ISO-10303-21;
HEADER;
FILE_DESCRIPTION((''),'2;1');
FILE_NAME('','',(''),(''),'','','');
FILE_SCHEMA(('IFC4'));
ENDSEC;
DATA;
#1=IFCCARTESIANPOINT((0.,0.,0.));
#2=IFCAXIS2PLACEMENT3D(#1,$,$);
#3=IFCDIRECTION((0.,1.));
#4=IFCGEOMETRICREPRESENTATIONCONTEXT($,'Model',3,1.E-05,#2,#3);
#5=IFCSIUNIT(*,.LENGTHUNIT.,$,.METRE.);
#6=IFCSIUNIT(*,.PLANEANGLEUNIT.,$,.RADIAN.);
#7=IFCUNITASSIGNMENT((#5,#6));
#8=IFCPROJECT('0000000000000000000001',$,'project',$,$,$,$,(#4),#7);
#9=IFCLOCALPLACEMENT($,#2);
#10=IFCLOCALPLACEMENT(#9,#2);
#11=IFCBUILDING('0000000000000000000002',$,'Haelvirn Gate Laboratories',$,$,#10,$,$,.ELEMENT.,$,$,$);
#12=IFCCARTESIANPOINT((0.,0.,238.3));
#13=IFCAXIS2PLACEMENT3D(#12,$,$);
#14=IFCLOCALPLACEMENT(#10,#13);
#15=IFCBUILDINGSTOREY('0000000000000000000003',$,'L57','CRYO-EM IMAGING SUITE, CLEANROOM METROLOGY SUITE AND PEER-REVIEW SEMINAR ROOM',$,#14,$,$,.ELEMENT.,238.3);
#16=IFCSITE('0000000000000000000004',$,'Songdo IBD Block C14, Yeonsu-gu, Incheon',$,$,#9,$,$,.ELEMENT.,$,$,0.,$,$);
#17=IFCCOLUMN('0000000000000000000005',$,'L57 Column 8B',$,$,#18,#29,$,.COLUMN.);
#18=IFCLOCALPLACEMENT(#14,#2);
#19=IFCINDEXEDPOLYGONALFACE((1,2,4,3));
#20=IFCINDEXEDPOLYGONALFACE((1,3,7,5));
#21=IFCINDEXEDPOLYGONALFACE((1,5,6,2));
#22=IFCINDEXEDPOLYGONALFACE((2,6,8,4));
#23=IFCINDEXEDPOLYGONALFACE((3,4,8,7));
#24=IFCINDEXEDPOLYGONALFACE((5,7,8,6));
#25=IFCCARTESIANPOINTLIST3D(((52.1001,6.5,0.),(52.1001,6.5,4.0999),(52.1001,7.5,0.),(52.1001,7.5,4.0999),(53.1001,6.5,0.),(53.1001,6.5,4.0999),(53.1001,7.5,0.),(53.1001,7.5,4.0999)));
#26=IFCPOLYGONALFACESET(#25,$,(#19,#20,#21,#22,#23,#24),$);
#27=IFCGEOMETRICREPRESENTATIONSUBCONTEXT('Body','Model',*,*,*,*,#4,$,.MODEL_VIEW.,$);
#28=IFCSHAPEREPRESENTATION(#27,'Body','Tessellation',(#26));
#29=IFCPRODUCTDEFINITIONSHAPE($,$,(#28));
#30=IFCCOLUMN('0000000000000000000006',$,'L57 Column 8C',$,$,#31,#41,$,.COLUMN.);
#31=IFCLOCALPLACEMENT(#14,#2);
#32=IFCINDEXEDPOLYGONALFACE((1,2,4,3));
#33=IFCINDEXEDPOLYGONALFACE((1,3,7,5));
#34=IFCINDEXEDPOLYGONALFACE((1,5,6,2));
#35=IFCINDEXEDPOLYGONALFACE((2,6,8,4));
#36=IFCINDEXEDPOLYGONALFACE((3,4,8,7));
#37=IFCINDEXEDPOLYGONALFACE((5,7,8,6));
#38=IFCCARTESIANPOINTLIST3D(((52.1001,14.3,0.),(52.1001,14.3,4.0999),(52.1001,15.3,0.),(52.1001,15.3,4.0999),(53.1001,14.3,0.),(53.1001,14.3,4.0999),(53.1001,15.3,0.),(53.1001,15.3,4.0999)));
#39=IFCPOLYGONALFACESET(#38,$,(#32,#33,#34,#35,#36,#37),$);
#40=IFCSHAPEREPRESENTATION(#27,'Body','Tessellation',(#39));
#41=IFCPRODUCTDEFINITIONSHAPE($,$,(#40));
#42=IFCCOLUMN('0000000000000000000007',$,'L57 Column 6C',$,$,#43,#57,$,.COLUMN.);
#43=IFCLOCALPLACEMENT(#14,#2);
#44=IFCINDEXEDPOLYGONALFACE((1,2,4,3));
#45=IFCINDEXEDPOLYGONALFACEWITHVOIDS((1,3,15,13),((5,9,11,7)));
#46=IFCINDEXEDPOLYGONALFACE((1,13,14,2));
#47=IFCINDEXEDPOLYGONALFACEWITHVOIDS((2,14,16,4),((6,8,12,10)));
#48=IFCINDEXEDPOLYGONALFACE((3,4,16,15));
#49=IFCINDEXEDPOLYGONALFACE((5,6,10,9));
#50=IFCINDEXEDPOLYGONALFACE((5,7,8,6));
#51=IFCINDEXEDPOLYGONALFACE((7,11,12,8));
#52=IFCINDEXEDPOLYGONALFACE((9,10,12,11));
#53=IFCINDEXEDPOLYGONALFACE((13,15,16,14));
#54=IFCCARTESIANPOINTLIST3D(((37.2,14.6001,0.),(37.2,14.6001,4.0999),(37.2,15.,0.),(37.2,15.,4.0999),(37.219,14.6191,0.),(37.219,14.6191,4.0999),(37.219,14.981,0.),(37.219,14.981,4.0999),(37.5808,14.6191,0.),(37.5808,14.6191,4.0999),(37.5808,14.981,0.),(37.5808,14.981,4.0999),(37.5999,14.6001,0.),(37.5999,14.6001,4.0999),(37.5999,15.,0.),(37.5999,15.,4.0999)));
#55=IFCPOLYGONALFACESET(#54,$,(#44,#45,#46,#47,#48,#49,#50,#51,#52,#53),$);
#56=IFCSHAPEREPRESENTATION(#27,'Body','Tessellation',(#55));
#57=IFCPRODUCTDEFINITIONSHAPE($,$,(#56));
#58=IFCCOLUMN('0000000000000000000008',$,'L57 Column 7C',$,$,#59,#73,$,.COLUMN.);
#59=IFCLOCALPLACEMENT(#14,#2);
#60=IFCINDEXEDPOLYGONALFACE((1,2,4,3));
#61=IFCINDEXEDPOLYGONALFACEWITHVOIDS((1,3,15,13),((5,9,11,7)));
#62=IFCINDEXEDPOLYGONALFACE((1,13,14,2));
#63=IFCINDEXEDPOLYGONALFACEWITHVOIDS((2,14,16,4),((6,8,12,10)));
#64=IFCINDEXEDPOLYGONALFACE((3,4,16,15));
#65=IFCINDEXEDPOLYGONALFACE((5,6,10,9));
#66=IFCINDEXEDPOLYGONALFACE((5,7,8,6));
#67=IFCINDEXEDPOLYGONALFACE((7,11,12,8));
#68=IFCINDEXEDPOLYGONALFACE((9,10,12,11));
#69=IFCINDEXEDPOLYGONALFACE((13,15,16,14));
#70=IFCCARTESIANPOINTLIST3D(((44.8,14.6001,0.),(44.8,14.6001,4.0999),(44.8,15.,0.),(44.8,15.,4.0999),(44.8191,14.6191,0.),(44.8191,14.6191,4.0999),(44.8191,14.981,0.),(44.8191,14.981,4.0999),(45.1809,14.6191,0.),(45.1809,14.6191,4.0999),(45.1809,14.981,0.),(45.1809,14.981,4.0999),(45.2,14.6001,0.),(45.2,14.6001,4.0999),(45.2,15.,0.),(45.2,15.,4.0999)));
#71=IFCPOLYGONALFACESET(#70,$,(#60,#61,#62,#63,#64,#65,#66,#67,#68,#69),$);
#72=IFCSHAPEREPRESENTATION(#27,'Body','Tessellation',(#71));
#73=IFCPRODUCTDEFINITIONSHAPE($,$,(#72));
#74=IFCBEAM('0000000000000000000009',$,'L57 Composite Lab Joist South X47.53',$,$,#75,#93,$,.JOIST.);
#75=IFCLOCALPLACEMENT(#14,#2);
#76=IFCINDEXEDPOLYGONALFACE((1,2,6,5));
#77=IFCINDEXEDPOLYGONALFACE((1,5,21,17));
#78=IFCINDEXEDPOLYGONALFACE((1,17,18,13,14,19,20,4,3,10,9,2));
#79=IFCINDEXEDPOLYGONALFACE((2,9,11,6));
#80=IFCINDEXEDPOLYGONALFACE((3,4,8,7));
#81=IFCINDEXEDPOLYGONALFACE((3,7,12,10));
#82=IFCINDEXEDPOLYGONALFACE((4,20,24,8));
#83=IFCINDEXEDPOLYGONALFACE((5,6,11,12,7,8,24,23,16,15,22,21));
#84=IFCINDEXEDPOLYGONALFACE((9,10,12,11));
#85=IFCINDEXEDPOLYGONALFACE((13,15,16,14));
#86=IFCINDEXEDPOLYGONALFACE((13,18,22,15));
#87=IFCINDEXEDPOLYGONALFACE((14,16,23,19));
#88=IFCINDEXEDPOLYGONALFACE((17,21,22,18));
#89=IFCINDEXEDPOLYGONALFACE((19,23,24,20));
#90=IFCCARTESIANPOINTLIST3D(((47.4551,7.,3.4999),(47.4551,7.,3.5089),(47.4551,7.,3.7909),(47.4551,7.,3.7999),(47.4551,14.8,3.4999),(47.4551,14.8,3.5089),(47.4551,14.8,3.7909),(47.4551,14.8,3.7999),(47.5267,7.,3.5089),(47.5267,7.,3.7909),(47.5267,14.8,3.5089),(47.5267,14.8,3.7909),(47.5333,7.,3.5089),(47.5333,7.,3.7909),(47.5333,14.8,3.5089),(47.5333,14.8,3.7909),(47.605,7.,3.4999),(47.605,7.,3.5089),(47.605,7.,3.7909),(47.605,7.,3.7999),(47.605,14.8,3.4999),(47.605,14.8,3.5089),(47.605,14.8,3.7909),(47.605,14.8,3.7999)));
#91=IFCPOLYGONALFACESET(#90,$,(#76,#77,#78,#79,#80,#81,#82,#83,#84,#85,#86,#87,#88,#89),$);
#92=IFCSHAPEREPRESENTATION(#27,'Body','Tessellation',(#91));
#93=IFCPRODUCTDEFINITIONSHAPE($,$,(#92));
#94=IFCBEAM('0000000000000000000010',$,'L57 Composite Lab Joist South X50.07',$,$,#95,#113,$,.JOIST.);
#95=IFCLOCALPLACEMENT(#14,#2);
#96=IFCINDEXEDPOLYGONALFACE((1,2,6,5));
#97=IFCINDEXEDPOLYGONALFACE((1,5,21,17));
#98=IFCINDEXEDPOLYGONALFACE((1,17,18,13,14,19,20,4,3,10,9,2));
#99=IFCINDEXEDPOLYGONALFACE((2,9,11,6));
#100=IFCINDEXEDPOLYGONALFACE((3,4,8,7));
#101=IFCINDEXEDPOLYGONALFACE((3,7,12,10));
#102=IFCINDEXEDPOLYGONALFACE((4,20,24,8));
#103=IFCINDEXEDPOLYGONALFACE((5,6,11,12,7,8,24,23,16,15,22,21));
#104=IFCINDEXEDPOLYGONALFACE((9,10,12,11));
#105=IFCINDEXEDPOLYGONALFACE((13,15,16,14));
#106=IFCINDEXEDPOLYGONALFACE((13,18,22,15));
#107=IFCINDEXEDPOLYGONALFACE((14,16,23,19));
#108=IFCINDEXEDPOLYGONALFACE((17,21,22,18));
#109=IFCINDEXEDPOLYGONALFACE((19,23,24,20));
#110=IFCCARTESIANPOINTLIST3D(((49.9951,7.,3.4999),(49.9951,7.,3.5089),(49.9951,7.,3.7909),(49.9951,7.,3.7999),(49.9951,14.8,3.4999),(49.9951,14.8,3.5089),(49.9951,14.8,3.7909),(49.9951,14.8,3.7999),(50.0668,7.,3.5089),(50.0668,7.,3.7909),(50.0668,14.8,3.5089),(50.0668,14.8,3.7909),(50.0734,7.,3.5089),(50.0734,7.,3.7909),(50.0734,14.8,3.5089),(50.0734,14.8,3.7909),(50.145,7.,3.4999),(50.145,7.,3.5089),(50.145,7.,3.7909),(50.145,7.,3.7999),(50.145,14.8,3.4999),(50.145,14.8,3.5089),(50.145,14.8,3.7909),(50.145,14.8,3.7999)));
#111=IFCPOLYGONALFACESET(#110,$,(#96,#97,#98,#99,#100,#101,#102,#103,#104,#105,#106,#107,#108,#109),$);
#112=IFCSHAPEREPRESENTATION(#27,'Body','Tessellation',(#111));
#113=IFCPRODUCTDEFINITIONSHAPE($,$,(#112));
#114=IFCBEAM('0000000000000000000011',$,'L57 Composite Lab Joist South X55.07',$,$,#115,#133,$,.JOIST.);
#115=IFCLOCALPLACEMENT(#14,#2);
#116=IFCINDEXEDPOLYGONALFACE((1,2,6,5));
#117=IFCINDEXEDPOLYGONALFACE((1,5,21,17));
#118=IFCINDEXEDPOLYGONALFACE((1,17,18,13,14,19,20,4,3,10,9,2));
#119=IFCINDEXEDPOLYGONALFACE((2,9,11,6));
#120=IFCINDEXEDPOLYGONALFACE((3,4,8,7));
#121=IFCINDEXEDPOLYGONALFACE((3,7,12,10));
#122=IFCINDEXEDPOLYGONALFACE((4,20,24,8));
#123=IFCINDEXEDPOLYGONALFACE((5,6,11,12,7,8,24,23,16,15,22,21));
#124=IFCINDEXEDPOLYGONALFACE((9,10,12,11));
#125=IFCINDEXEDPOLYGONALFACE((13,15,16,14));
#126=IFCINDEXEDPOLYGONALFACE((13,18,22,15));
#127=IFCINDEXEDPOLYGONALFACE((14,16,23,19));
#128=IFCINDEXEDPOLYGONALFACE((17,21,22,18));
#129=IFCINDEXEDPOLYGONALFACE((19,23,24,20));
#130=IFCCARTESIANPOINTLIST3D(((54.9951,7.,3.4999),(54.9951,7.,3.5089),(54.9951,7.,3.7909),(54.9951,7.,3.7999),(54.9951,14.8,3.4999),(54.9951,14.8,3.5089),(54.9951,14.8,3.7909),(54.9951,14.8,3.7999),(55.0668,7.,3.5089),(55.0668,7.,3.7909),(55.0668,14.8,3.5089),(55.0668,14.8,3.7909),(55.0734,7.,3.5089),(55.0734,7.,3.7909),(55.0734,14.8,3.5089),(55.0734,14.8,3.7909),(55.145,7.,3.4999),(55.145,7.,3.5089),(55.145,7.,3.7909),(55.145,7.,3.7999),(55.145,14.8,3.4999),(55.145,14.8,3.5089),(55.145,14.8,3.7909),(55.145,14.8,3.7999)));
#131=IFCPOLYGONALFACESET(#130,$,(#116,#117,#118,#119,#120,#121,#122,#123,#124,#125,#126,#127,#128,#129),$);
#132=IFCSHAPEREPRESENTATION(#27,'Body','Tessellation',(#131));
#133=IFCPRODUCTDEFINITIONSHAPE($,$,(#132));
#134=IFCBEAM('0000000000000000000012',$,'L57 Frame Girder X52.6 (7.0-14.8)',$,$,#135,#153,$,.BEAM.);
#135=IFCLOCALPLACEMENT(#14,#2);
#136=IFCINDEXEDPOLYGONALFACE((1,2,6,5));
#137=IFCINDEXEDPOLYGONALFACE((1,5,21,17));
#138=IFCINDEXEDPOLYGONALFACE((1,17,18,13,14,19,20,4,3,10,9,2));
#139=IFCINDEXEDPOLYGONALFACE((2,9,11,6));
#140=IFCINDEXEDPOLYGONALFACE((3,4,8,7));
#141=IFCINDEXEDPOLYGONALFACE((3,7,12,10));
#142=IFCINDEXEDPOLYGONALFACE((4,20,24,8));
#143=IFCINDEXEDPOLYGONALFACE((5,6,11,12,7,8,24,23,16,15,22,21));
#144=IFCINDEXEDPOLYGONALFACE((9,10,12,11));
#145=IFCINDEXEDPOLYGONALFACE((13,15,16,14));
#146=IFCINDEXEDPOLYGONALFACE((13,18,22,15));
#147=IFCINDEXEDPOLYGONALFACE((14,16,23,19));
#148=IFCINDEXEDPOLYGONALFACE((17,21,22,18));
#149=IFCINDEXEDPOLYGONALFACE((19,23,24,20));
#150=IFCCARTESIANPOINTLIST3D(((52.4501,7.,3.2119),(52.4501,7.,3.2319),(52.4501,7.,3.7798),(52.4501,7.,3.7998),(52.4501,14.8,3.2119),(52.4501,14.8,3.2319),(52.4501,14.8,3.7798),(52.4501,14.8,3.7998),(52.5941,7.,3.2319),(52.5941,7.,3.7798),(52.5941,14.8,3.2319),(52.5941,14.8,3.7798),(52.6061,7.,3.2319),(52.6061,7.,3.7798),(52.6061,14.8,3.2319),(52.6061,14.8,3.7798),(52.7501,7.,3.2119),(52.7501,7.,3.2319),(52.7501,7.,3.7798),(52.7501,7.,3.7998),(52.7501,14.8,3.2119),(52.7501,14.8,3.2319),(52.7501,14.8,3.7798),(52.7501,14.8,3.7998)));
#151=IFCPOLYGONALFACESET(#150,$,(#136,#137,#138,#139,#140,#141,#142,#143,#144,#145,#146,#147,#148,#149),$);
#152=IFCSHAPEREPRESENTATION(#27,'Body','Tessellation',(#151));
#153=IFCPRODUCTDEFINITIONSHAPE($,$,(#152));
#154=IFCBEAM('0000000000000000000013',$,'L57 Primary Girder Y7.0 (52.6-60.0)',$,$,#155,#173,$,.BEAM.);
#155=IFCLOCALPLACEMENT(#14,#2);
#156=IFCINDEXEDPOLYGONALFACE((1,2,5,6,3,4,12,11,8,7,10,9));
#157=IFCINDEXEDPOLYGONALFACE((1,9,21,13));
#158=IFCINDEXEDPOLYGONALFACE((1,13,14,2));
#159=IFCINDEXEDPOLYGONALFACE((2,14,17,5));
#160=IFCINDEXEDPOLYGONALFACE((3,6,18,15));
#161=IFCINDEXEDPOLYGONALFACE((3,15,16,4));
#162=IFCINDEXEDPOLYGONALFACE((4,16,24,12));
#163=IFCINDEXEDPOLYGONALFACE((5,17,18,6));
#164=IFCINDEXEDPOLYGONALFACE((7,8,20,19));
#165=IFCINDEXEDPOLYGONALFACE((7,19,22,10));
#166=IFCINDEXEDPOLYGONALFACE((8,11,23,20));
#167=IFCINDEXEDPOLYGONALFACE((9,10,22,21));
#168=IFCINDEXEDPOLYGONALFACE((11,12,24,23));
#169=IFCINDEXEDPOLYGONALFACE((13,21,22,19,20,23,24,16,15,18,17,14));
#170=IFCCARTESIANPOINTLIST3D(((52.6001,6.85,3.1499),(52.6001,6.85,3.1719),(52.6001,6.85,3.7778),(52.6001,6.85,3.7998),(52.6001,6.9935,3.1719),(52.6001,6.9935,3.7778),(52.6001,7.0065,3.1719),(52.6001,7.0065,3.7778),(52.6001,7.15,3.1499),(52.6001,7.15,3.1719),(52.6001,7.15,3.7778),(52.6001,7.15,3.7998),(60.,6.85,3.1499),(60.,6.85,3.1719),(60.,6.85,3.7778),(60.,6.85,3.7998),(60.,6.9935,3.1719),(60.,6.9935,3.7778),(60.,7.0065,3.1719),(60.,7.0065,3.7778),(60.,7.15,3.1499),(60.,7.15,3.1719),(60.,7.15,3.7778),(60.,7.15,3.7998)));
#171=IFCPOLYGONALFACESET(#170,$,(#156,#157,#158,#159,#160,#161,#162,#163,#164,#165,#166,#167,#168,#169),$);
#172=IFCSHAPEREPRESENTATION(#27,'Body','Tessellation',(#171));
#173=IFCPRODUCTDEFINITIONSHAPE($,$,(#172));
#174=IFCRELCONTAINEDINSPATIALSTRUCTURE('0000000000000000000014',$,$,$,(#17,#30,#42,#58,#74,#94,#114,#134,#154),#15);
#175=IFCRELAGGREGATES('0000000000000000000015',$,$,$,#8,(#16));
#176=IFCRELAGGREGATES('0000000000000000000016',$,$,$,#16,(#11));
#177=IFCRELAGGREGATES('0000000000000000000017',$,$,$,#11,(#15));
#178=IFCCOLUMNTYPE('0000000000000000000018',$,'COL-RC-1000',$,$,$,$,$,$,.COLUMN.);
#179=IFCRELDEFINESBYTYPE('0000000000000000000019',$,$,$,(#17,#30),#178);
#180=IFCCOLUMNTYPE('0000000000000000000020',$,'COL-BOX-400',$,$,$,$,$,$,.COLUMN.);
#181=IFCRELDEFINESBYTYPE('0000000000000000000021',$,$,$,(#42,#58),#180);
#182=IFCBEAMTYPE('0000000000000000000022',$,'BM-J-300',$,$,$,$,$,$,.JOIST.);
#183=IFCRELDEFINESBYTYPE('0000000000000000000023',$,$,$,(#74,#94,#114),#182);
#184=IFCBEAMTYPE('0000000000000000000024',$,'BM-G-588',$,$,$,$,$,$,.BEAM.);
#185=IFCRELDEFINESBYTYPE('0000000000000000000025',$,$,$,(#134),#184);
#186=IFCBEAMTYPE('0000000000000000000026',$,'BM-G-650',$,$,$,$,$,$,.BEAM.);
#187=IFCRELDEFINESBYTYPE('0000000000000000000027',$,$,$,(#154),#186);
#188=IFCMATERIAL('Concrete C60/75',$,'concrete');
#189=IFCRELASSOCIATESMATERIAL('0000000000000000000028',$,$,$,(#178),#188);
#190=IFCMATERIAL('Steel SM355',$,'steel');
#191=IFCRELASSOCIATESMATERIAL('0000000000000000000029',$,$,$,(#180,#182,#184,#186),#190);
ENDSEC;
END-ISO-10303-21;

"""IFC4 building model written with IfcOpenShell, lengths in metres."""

from ifc_helpers import new_model, si_unit, direction, frame, origin, origin_2d, place, context, subcontext, project, spatial, rectangle, hollow_rectangle, i_section, extrude, source, transform, mapped, material, material_profile, profile_set, type_object, type_shapes, element, save


model = new_model("IFC4")

# Units and contexts
model_context = context("Model", 3, precision=1e-05, world=origin(), true_north=direction((0.0, 1.0)))
body_context = subcontext(model_context, "Body", "Model", "MODEL_VIEW")
ifc_project = project(units=[si_unit("LENGTHUNIT", "METRE"), si_unit("PLANEANGLEUNIT", "RADIAN")], contexts=[model_context])

# Site, building, storey
site_placement = place(None, origin())
site = spatial("IfcSite", under=ifc_project, at=site_placement, Name="Songdo IBD Block C14, Yeonsu-gu, Incheon", CompositionType="ELEMENT", RefElevation=0.0)
building_placement = place(site_placement, origin())
building = spatial("IfcBuilding", under=site, at=building_placement, Name="Haelvirn Gate Laboratories", CompositionType="ELEMENT")
storey_placement = place(building_placement, frame((0.0, 0.0, 238.3)))
storey = spatial("IfcBuildingStorey", under=building, at=storey_placement, Name="L57", Description="CRYO-EM IMAGING SUITE, CLEANROOM METROLOGY SUITE AND PEER-REVIEW SEMINAR ROOM", CompositionType="ELEMENT", Elevation=238.3)

# Columns
ifc_material_1 = material(Name="Concrete C60/75", Category="concrete")
ifc_material_profile_1 = material_profile(ifc_material_1, rectangle(XDim=1.0, YDim=1.0, at=origin_2d()), Name="RC-1000x1000")
ifc_profile_set_1 = profile_set([ifc_material_profile_1], Name="Concrete C60/75")
column_type_1 = type_object("IfcColumnType", Name="COL-RC-1000", PredefinedType="COLUMN", material=ifc_profile_set_1)
shared_shape_1 = source(origin(), body_context, "Body", "SweptSolid", [
    extrude(rectangle(XDim=1.0, YDim=1.0, at=origin_2d()), origin(), (0.0, 0.0, 1.0), 4.0999),
])
type_shapes(column_type_1, [shared_shape_1])
for number, where, z_axis, x_axis, name in (
    (1, (52.6001, 7.0, 0.0), (0.0, 0.0, 1.0), (1.0, 0.0, 0.0), "L57 Column 8B"),
    (2, (52.6001, 14.8, 0.0), (0.0, 0.0, 1.0), (1.0, 0.0, 0.0), "L57 Column 8C"),
):
    element("IfcColumn", number, at=place(storey_placement, frame(where, z_axis=z_axis, x_axis=x_axis)), inside=storey, type_object=column_type_1, Name=name, PredefinedType="COLUMN", context=body_context, shape_type="MappedRepresentation", body=[
        mapped(shared_shape_1, transform((0.0, 0.0, 0.0), scale=1.0)),
    ])
ifc_material_2 = material(Name="Steel SM355", Category="steel")
ifc_material_profile_2 = material_profile(ifc_material_2, hollow_rectangle(XDim=0.3999, YDim=0.3999, WallThickness=0.019, at=origin_2d()), Name="BOX-400x400x19")
ifc_profile_set_2 = profile_set([ifc_material_profile_2], Name="Steel SM355")
column_type_2 = type_object("IfcColumnType", Name="COL-BOX-400", PredefinedType="COLUMN", material=ifc_profile_set_2)
shared_shape_2 = source(origin(), body_context, "Body", "SweptSolid", [
    extrude(hollow_rectangle(XDim=0.3999, YDim=0.3999, WallThickness=0.019, at=origin_2d()), origin(), (0.0, 0.0, 1.0), 4.0999),
])
type_shapes(column_type_2, [shared_shape_2])
for number, where, z_axis, x_axis, name in (
    (3, (37.3999, 14.8, 0.0), (0.0, 0.0, 1.0), (1.0, 0.0, 0.0), "L57 Column 6C"),
    (4, (45.0, 14.8, 0.0), (0.0, 0.0, 1.0), (1.0, 0.0, 0.0), "L57 Column 7C"),
):
    element("IfcColumn", number, at=place(storey_placement, frame(where, z_axis=z_axis, x_axis=x_axis)), inside=storey, type_object=column_type_2, Name=name, PredefinedType="COLUMN", context=body_context, shape_type="MappedRepresentation", body=[
        mapped(shared_shape_2, transform((0.0, 0.0, 0.0), scale=1.0)),
    ])

# Beams
ifc_material_profile_3 = material_profile(ifc_material_2, i_section(OverallWidth=0.1499, OverallDepth=0.3, WebThickness=0.0066, FlangeThickness=0.009, at=origin_2d()), Name="H-300x150x6.5x9")
ifc_profile_set_3 = profile_set([ifc_material_profile_3], Name="Steel SM355")
beam_type_1 = type_object("IfcBeamType", Name="BM-J-300", PredefinedType="JOIST", material=ifc_profile_set_3)
shared_shape_3 = source(origin(), body_context, "Body", "SweptSolid", [
    extrude(i_section(OverallWidth=0.1499, OverallDepth=0.3, WebThickness=0.0066, FlangeThickness=0.009, at=origin_2d()), origin(), (0.0, 0.0, 1.0), 7.8),
])
type_shapes(beam_type_1, [shared_shape_3])
for number, where, z_axis, x_axis, name in (
    (5, (47.53, 7.0, 3.6499), (0.0, 1.0, 0.0), (-1.0, 0.0, 0.0), "L57 Composite Lab Joist South X47.53"),
    (6, (50.0701, 7.0, 3.6499), (0.0, 1.0, 0.0), (-1.0, 0.0, 0.0), "L57 Composite Lab Joist South X50.07"),
    (7, (55.0701, 7.0, 3.6499), (0.0, 1.0, 0.0), (-1.0, 0.0, 0.0), "L57 Composite Lab Joist South X55.07"),
):
    element("IfcBeam", number, at=place(storey_placement, frame(where, z_axis=z_axis, x_axis=x_axis)), inside=storey, type_object=beam_type_1, Name=name, PredefinedType="JOIST", context=body_context, shape_type="MappedRepresentation", body=[
        mapped(shared_shape_3, transform((0.0, 0.0, 0.0), scale=1.0)),
    ])
ifc_material_profile_4 = material_profile(ifc_material_2, i_section(OverallWidth=0.3, OverallDepth=0.5879, WebThickness=0.012, FlangeThickness=0.02, at=origin_2d()), Name="H-588x300x12x20")
ifc_profile_set_4 = profile_set([ifc_material_profile_4], Name="Steel SM355")
beam_type_2 = type_object("IfcBeamType", Name="BM-G-588", PredefinedType="BEAM", material=ifc_profile_set_4)
shared_shape_4 = source(origin(), body_context, "Body", "SweptSolid", [
    extrude(i_section(OverallWidth=0.3, OverallDepth=0.5879, WebThickness=0.012, FlangeThickness=0.02, at=origin_2d()), origin(), (0.0, 0.0, 1.0), 7.8),
])
type_shapes(beam_type_2, [shared_shape_4])
beam_1_placement = place(storey_placement, frame((52.6001, 7.0, 3.5059), z_axis=(0.0, 1.0, 0.0), x_axis=(-1.0, 0.0, 0.0)))
element("IfcBeam", 8, at=beam_1_placement, inside=storey, type_object=beam_type_2, Name="L57 Frame Girder X52.6 (7.0-14.8)", PredefinedType="BEAM", context=body_context, shape_type="MappedRepresentation", body=[
    mapped(shared_shape_4, transform((0.0, 0.0, 0.0), scale=1.0)),
])
ifc_material_profile_5 = material_profile(ifc_material_2, i_section(OverallWidth=0.3, OverallDepth=0.6499, WebThickness=0.0129, FlangeThickness=0.022, at=origin_2d()), Name="H-650x300x13x22")
ifc_profile_set_5 = profile_set([ifc_material_profile_5], Name="Steel SM355")
beam_type_3 = type_object("IfcBeamType", Name="BM-G-650", PredefinedType="BEAM", material=ifc_profile_set_5)
shared_shape_5 = source(origin(), body_context, "Body", "SweptSolid", [
    extrude(i_section(OverallWidth=0.3, OverallDepth=0.6499, WebThickness=0.0129, FlangeThickness=0.022, at=origin_2d()), origin(), (0.0, 0.0, 1.0), 7.3999),
])
beam_2_placement = place(storey_placement, frame((52.6001, 7.0, 3.4749), z_axis=(1.0, 0.0, 0.0), x_axis=(0.0, 1.0, 0.0)))
element("IfcBeam", 9, at=beam_2_placement, inside=storey, type_object=beam_type_3, Name="L57 Primary Girder Y7.0 (52.6-60.0)", PredefinedType="BEAM", context=body_context, shape_type="MappedRepresentation", body=[
    mapped(shared_shape_5, transform((0.0, 0.0, 0.0), scale=1.0)),
])

save(model, "model.ifc")
